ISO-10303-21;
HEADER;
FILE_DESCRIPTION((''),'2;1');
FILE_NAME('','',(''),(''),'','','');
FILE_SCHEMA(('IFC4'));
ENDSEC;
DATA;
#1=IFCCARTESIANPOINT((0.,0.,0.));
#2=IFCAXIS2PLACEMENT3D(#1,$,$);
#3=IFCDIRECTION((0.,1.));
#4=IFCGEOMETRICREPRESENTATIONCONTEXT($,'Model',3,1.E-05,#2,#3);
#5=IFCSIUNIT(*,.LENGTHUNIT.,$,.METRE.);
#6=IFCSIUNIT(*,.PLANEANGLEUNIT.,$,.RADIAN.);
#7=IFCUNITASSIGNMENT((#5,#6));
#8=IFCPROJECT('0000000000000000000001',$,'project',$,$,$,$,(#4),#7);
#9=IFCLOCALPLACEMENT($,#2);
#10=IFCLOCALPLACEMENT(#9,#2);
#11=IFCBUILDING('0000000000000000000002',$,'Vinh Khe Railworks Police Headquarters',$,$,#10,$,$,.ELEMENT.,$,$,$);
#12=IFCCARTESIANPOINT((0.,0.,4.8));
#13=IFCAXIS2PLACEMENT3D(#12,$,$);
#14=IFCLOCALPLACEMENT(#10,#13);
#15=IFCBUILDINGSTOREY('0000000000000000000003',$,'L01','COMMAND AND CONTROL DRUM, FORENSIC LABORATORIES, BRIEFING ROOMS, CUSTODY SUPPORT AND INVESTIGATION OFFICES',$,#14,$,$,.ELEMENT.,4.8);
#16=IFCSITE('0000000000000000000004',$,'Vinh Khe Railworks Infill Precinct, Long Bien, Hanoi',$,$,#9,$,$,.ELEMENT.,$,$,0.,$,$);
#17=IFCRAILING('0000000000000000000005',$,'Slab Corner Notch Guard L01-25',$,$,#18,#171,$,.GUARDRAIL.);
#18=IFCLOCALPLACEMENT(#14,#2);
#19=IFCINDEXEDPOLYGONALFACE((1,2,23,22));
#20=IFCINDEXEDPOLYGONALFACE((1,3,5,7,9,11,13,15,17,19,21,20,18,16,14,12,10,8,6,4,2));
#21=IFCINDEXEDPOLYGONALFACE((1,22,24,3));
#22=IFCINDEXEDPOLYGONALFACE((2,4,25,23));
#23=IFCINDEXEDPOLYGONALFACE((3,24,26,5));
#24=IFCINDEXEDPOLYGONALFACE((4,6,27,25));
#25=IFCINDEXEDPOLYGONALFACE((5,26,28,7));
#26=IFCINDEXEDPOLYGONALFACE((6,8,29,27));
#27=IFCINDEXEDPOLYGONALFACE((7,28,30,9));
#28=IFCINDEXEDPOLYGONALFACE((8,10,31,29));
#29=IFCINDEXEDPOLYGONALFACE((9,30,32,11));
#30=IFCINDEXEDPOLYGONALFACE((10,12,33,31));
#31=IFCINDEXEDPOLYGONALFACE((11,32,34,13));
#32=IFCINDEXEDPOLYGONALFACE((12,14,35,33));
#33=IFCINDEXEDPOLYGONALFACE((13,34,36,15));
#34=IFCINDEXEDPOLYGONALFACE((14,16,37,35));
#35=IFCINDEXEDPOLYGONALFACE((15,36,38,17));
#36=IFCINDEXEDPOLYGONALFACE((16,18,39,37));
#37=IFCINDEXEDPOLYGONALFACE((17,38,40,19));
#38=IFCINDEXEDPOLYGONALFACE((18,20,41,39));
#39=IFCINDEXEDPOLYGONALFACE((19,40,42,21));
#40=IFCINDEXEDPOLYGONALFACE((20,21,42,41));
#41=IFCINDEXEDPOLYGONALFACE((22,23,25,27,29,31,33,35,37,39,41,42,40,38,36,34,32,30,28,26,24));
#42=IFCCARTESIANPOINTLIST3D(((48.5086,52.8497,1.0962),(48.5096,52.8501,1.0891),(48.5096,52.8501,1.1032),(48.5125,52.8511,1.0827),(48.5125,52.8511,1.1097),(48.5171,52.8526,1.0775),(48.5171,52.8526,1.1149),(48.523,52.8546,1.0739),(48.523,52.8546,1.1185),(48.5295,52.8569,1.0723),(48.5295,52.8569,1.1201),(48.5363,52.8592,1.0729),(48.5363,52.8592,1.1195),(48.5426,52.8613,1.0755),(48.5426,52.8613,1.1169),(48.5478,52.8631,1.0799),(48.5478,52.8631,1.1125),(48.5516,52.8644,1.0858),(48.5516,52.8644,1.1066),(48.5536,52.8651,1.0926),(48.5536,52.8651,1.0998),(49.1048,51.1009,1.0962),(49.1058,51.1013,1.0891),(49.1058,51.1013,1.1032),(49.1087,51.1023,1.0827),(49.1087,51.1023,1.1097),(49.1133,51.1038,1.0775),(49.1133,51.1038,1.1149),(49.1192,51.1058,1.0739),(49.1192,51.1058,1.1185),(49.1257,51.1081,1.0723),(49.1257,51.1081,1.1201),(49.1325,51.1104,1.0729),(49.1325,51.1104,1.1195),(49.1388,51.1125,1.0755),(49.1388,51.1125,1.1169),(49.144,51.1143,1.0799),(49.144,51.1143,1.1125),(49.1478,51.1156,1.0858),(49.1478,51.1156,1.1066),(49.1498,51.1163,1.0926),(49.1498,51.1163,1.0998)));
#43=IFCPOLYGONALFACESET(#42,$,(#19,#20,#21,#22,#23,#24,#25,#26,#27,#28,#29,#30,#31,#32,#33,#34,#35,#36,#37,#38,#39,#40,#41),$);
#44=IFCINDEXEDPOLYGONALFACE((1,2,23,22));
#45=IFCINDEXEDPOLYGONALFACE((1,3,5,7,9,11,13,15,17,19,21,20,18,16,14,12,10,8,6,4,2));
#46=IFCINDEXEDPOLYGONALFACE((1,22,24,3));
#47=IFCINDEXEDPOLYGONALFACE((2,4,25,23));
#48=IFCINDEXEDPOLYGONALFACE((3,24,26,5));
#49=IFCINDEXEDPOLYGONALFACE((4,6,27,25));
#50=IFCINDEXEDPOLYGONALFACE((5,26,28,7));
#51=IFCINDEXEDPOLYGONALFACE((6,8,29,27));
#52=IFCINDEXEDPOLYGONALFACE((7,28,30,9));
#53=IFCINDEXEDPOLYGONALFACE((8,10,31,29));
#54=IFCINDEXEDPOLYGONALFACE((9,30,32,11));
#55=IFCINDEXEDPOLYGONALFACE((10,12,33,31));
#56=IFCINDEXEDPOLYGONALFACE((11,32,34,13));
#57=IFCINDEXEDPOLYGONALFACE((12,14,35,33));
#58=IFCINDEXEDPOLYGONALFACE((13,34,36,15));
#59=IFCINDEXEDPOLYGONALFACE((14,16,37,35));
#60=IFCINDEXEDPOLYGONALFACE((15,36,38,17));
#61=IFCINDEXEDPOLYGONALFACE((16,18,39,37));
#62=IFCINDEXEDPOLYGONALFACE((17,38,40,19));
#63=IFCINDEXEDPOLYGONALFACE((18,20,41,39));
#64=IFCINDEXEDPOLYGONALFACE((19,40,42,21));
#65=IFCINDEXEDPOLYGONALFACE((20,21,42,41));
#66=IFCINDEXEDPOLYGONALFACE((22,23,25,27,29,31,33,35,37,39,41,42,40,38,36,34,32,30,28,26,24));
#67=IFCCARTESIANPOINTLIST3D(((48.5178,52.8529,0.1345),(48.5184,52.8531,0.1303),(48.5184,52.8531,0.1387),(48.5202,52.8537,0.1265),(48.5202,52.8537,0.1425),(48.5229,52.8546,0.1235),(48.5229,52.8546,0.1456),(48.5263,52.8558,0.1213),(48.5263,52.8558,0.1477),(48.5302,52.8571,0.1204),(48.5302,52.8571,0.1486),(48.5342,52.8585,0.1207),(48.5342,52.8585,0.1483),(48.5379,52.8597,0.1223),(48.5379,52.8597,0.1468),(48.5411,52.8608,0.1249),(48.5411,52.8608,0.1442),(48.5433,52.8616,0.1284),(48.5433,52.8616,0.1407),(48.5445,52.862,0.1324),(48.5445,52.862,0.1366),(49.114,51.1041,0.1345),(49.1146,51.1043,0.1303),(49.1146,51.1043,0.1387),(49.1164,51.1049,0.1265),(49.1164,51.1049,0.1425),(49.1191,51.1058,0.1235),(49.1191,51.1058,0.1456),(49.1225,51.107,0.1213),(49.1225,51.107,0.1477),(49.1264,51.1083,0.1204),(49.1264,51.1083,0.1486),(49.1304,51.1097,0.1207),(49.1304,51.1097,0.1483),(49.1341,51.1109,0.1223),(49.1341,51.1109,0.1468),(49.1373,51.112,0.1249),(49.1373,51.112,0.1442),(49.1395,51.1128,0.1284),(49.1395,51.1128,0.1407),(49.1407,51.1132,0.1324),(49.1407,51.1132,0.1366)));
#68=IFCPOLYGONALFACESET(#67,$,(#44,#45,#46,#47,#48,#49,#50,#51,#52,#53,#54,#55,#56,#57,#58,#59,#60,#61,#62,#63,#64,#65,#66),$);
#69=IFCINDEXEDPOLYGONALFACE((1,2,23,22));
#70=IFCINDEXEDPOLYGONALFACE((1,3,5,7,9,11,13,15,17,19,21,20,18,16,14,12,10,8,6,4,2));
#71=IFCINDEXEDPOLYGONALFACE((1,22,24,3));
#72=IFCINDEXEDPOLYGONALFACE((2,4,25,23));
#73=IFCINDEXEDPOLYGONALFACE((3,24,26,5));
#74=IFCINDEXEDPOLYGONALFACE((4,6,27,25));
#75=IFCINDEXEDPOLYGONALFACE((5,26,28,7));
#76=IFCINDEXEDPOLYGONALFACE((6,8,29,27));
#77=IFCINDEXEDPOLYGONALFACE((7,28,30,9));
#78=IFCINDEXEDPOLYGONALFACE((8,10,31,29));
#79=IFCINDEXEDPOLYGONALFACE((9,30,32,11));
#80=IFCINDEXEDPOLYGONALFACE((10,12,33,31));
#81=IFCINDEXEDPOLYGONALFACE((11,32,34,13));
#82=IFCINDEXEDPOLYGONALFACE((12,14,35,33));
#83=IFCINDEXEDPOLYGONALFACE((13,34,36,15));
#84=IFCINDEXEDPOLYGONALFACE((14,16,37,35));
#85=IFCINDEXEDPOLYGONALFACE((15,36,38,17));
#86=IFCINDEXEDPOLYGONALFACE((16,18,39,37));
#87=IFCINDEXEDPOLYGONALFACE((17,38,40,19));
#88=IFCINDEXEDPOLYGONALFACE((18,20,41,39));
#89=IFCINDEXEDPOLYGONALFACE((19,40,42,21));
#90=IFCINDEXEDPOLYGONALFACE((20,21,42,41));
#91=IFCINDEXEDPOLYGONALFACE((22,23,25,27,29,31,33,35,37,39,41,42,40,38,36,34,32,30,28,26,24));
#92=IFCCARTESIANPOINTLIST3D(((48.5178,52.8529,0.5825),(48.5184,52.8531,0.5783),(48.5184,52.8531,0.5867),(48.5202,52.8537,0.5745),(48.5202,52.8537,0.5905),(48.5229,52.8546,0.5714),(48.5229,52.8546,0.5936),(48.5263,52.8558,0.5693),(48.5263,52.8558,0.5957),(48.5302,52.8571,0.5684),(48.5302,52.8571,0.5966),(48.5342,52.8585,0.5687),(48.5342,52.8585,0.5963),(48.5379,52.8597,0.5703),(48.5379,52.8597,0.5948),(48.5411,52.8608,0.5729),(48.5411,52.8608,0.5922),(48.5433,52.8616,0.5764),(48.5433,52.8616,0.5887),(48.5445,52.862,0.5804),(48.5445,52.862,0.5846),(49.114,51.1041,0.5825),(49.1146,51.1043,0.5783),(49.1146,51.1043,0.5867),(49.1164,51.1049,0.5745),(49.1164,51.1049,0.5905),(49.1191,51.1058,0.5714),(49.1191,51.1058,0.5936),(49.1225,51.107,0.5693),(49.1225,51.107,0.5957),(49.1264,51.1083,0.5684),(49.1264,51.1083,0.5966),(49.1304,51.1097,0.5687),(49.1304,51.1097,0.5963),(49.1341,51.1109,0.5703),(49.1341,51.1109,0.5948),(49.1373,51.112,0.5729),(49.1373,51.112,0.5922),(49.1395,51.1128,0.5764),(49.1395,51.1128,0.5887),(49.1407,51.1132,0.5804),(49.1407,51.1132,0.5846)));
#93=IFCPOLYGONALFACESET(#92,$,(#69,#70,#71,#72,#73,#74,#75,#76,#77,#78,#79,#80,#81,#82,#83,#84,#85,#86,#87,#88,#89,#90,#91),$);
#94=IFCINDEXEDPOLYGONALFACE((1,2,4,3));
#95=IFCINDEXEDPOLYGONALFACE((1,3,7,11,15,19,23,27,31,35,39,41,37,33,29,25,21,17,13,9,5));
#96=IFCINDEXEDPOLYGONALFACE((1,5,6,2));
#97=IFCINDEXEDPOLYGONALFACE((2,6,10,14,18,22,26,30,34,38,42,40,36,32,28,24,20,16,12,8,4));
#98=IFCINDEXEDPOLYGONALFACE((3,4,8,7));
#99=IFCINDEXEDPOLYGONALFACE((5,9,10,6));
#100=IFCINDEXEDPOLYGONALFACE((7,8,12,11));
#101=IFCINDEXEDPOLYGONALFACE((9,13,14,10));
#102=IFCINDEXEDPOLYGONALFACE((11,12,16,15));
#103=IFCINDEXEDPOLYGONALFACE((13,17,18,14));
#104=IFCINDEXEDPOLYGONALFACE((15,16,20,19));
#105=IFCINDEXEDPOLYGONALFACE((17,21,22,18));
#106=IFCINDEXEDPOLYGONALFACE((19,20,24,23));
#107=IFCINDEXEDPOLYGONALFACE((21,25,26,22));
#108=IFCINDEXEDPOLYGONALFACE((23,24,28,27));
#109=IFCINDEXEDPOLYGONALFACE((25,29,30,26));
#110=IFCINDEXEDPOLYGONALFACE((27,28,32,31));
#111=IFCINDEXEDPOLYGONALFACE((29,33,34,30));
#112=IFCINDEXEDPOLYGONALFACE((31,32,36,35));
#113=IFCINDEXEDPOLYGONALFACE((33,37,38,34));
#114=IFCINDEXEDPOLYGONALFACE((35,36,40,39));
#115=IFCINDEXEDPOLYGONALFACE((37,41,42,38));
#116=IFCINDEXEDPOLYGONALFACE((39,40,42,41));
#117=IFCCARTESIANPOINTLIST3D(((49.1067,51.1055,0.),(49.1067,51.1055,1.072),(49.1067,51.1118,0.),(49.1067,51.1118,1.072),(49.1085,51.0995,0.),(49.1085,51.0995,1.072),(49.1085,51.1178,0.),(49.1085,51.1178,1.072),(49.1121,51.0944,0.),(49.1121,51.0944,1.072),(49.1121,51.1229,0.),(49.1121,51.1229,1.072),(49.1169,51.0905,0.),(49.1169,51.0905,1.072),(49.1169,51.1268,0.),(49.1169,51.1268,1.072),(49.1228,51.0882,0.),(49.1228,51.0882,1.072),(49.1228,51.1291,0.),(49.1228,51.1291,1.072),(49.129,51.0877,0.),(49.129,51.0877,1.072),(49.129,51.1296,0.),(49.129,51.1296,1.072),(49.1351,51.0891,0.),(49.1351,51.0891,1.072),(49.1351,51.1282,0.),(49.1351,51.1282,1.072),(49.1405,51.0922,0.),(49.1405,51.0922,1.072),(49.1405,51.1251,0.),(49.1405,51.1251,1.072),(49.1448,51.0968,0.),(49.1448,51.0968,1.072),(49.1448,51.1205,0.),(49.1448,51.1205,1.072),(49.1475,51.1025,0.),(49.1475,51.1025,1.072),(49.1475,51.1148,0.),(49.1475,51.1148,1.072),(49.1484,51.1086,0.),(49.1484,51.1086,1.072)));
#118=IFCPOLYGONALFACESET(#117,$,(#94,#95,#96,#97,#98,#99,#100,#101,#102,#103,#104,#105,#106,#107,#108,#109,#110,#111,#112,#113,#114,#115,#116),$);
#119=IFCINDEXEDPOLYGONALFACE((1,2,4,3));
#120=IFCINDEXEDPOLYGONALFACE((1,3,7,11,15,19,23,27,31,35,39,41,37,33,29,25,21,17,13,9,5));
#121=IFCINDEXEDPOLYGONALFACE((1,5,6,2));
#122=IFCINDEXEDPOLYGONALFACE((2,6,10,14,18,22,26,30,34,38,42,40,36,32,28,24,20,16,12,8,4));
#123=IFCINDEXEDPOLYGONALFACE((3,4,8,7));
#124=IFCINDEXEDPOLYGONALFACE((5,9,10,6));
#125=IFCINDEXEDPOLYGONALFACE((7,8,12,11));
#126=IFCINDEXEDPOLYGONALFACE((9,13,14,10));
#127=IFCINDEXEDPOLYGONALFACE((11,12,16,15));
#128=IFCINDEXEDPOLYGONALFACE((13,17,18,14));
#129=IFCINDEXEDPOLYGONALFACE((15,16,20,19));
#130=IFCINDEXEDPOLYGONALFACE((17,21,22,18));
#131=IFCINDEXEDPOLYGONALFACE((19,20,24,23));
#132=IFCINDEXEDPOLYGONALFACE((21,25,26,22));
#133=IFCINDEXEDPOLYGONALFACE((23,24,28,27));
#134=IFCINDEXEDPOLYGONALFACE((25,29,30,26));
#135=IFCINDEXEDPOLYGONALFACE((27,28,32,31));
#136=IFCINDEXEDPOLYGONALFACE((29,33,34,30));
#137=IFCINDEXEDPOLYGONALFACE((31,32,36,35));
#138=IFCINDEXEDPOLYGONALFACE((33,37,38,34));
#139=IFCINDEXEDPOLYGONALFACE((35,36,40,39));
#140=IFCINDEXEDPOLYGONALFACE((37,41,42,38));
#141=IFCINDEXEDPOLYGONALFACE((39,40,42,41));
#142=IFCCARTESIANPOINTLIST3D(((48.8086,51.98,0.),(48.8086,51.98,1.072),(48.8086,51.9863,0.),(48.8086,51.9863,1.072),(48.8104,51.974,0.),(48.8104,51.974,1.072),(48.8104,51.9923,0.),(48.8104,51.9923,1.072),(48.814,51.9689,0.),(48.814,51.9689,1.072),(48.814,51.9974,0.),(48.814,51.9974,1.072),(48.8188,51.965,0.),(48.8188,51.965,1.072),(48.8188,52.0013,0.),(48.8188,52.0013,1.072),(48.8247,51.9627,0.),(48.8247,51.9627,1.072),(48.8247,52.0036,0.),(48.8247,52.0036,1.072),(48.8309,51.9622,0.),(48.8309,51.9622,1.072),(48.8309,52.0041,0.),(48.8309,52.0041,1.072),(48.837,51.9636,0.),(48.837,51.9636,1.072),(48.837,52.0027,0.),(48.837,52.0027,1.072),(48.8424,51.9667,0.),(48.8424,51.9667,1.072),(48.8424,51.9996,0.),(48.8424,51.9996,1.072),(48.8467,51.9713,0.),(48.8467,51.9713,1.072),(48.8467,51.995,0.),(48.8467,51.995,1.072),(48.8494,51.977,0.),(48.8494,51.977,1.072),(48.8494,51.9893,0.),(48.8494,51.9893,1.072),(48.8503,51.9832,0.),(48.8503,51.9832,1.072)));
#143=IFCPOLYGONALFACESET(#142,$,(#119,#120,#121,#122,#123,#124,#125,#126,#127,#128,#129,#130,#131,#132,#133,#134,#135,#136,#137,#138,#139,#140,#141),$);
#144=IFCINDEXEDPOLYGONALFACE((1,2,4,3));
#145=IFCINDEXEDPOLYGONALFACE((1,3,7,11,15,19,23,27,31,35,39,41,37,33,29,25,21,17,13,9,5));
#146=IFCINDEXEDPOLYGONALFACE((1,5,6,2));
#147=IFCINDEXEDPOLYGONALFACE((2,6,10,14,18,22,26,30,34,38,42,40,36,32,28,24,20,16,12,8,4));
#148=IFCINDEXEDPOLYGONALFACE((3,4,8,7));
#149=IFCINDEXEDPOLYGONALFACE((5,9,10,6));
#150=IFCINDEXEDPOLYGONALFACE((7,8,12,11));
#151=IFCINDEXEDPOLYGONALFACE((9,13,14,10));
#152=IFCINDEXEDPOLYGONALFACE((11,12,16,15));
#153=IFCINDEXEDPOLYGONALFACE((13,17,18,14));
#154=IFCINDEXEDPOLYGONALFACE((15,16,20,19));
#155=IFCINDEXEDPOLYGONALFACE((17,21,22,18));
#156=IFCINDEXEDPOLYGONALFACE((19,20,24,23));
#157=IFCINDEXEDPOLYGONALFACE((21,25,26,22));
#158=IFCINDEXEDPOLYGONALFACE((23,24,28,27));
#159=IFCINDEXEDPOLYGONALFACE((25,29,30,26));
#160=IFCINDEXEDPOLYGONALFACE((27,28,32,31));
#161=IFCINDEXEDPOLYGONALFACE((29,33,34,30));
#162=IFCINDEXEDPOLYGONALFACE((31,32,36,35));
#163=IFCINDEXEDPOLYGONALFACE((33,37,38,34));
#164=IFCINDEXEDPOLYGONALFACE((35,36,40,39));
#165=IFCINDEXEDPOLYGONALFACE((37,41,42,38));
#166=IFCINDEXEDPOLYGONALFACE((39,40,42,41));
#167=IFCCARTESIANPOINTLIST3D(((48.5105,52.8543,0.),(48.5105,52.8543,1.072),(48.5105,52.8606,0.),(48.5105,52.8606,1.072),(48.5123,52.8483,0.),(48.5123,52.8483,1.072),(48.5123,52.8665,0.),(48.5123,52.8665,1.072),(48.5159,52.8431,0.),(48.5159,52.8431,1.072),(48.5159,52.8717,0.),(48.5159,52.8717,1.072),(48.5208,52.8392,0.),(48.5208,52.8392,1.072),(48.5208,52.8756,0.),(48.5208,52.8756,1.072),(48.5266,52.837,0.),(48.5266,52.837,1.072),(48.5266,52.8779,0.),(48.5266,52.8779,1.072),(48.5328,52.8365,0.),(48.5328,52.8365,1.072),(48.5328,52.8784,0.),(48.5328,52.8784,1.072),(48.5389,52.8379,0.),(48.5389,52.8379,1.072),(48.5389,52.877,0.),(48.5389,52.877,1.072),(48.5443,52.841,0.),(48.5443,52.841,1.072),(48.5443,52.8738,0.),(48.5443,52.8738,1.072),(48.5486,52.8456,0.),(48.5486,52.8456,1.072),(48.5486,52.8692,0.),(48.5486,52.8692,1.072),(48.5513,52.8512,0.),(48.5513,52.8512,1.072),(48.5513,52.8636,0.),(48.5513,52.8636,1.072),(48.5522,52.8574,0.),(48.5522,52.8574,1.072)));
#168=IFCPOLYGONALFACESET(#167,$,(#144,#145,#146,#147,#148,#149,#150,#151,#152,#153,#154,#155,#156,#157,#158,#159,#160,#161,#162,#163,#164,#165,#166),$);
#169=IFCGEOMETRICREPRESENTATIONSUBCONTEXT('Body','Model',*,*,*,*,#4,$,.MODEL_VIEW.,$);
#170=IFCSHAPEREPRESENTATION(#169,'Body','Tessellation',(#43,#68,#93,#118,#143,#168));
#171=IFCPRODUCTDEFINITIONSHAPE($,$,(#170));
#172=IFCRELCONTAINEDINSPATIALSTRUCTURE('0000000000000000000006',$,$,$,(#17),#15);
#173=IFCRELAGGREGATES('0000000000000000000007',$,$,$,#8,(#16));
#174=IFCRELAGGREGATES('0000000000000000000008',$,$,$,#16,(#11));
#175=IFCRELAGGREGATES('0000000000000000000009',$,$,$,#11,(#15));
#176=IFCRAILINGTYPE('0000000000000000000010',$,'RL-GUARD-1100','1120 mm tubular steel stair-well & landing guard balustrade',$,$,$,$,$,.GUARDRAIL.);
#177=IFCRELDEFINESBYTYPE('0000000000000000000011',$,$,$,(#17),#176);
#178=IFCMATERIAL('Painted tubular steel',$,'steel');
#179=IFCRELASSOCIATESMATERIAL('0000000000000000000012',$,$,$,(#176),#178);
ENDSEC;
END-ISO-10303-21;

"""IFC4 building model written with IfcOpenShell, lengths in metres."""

from ifc_helpers import new_model, si_unit, direction, frame, origin, origin_2d, place, context, subcontext, project, spatial, circle, extrude, material, type_object, element, save


model = new_model("IFC4")

# Units and contexts
model_context = context("Model", 3, precision=1e-05, world=origin(), true_north=direction((0.0, 1.0)))
body_context = subcontext(model_context, "Body", "Model", "MODEL_VIEW")
ifc_project = project(units=[si_unit("LENGTHUNIT", "METRE"), si_unit("PLANEANGLEUNIT", "RADIAN")], contexts=[model_context])

# Site, building, storey
site_placement = place(None, origin())
site = spatial("IfcSite", under=ifc_project, at=site_placement, Name="Vinh Khe Railworks Infill Precinct, Long Bien, Hanoi", CompositionType="ELEMENT", RefElevation=0.0)
building_placement = place(site_placement, origin())
building = spatial("IfcBuilding", under=site, at=building_placement, Name="Vinh Khe Railworks Police Headquarters", CompositionType="ELEMENT")
storey_placement = place(building_placement, frame((0.0, 0.0, 4.8)))
storey = spatial("IfcBuildingStorey", under=building, at=storey_placement, Name="L01", Description="COMMAND AND CONTROL DRUM, FORENSIC LABORATORIES, BRIEFING ROOMS, CUSTODY SUPPORT AND INVESTIGATION OFFICES", CompositionType="ELEMENT", Elevation=4.8)

# Railing
ifc_material_1 = material(Name="Painted tubular steel", Category="steel")
railing_type = type_object("IfcRailingType", Name="RL-GUARD-1100", Description="1120 mm tubular steel stair-well & landing guard balustrade", PredefinedType="GUARDRAIL", material=ifc_material_1)
railing_1_placement = place(storey_placement, frame((49.1274, 51.1086, 0.0)))
element("IfcRailing", 1, at=railing_1_placement, inside=storey, type_object=railing_type, Name="Slab Corner Notch Guard L01-25", PredefinedType="GUARDRAIL", context=body_context, shape_type="SweptSolid", body=[
    extrude(circle(Radius=0.0239, at=origin_2d()), frame((0.0, 0.0, 1.0962), z_axis=(-0.322682, 0.946507, 0.0), x_axis=(-0.946507, -0.322682, 0.0)), (0.0, 0.0, 1.0), 1.8477),
    extrude(circle(Radius=0.0142, at=origin_2d()), frame((0.0, 0.0, 0.1345), z_axis=(-0.322682, 0.946507, 0.0), x_axis=(-0.946507, -0.322682, 0.0)), (0.0, 0.0, 1.0), 1.8477),
    extrude(circle(Radius=0.0142, at=origin_2d()), frame((0.0, 0.0, 0.5825), z_axis=(-0.322682, 0.946507, 0.0), x_axis=(-0.946507, -0.322682, 0.0)), (0.0, 0.0, 1.0), 1.8477),
    extrude(circle(Radius=0.021, at=origin_2d()), origin(), (0.0, 0.0, 1.0), 1.072),
    extrude(circle(Radius=0.021, at=origin_2d()), frame((-0.2981, 0.8745, 0.0)), (0.0, 0.0, 1.0), 1.072),
    extrude(circle(Radius=0.021, at=origin_2d()), frame((-0.5962, 1.7488, 0.0)), (0.0, 0.0, 1.0), 1.072),
])

save(model, "model.ifc")
